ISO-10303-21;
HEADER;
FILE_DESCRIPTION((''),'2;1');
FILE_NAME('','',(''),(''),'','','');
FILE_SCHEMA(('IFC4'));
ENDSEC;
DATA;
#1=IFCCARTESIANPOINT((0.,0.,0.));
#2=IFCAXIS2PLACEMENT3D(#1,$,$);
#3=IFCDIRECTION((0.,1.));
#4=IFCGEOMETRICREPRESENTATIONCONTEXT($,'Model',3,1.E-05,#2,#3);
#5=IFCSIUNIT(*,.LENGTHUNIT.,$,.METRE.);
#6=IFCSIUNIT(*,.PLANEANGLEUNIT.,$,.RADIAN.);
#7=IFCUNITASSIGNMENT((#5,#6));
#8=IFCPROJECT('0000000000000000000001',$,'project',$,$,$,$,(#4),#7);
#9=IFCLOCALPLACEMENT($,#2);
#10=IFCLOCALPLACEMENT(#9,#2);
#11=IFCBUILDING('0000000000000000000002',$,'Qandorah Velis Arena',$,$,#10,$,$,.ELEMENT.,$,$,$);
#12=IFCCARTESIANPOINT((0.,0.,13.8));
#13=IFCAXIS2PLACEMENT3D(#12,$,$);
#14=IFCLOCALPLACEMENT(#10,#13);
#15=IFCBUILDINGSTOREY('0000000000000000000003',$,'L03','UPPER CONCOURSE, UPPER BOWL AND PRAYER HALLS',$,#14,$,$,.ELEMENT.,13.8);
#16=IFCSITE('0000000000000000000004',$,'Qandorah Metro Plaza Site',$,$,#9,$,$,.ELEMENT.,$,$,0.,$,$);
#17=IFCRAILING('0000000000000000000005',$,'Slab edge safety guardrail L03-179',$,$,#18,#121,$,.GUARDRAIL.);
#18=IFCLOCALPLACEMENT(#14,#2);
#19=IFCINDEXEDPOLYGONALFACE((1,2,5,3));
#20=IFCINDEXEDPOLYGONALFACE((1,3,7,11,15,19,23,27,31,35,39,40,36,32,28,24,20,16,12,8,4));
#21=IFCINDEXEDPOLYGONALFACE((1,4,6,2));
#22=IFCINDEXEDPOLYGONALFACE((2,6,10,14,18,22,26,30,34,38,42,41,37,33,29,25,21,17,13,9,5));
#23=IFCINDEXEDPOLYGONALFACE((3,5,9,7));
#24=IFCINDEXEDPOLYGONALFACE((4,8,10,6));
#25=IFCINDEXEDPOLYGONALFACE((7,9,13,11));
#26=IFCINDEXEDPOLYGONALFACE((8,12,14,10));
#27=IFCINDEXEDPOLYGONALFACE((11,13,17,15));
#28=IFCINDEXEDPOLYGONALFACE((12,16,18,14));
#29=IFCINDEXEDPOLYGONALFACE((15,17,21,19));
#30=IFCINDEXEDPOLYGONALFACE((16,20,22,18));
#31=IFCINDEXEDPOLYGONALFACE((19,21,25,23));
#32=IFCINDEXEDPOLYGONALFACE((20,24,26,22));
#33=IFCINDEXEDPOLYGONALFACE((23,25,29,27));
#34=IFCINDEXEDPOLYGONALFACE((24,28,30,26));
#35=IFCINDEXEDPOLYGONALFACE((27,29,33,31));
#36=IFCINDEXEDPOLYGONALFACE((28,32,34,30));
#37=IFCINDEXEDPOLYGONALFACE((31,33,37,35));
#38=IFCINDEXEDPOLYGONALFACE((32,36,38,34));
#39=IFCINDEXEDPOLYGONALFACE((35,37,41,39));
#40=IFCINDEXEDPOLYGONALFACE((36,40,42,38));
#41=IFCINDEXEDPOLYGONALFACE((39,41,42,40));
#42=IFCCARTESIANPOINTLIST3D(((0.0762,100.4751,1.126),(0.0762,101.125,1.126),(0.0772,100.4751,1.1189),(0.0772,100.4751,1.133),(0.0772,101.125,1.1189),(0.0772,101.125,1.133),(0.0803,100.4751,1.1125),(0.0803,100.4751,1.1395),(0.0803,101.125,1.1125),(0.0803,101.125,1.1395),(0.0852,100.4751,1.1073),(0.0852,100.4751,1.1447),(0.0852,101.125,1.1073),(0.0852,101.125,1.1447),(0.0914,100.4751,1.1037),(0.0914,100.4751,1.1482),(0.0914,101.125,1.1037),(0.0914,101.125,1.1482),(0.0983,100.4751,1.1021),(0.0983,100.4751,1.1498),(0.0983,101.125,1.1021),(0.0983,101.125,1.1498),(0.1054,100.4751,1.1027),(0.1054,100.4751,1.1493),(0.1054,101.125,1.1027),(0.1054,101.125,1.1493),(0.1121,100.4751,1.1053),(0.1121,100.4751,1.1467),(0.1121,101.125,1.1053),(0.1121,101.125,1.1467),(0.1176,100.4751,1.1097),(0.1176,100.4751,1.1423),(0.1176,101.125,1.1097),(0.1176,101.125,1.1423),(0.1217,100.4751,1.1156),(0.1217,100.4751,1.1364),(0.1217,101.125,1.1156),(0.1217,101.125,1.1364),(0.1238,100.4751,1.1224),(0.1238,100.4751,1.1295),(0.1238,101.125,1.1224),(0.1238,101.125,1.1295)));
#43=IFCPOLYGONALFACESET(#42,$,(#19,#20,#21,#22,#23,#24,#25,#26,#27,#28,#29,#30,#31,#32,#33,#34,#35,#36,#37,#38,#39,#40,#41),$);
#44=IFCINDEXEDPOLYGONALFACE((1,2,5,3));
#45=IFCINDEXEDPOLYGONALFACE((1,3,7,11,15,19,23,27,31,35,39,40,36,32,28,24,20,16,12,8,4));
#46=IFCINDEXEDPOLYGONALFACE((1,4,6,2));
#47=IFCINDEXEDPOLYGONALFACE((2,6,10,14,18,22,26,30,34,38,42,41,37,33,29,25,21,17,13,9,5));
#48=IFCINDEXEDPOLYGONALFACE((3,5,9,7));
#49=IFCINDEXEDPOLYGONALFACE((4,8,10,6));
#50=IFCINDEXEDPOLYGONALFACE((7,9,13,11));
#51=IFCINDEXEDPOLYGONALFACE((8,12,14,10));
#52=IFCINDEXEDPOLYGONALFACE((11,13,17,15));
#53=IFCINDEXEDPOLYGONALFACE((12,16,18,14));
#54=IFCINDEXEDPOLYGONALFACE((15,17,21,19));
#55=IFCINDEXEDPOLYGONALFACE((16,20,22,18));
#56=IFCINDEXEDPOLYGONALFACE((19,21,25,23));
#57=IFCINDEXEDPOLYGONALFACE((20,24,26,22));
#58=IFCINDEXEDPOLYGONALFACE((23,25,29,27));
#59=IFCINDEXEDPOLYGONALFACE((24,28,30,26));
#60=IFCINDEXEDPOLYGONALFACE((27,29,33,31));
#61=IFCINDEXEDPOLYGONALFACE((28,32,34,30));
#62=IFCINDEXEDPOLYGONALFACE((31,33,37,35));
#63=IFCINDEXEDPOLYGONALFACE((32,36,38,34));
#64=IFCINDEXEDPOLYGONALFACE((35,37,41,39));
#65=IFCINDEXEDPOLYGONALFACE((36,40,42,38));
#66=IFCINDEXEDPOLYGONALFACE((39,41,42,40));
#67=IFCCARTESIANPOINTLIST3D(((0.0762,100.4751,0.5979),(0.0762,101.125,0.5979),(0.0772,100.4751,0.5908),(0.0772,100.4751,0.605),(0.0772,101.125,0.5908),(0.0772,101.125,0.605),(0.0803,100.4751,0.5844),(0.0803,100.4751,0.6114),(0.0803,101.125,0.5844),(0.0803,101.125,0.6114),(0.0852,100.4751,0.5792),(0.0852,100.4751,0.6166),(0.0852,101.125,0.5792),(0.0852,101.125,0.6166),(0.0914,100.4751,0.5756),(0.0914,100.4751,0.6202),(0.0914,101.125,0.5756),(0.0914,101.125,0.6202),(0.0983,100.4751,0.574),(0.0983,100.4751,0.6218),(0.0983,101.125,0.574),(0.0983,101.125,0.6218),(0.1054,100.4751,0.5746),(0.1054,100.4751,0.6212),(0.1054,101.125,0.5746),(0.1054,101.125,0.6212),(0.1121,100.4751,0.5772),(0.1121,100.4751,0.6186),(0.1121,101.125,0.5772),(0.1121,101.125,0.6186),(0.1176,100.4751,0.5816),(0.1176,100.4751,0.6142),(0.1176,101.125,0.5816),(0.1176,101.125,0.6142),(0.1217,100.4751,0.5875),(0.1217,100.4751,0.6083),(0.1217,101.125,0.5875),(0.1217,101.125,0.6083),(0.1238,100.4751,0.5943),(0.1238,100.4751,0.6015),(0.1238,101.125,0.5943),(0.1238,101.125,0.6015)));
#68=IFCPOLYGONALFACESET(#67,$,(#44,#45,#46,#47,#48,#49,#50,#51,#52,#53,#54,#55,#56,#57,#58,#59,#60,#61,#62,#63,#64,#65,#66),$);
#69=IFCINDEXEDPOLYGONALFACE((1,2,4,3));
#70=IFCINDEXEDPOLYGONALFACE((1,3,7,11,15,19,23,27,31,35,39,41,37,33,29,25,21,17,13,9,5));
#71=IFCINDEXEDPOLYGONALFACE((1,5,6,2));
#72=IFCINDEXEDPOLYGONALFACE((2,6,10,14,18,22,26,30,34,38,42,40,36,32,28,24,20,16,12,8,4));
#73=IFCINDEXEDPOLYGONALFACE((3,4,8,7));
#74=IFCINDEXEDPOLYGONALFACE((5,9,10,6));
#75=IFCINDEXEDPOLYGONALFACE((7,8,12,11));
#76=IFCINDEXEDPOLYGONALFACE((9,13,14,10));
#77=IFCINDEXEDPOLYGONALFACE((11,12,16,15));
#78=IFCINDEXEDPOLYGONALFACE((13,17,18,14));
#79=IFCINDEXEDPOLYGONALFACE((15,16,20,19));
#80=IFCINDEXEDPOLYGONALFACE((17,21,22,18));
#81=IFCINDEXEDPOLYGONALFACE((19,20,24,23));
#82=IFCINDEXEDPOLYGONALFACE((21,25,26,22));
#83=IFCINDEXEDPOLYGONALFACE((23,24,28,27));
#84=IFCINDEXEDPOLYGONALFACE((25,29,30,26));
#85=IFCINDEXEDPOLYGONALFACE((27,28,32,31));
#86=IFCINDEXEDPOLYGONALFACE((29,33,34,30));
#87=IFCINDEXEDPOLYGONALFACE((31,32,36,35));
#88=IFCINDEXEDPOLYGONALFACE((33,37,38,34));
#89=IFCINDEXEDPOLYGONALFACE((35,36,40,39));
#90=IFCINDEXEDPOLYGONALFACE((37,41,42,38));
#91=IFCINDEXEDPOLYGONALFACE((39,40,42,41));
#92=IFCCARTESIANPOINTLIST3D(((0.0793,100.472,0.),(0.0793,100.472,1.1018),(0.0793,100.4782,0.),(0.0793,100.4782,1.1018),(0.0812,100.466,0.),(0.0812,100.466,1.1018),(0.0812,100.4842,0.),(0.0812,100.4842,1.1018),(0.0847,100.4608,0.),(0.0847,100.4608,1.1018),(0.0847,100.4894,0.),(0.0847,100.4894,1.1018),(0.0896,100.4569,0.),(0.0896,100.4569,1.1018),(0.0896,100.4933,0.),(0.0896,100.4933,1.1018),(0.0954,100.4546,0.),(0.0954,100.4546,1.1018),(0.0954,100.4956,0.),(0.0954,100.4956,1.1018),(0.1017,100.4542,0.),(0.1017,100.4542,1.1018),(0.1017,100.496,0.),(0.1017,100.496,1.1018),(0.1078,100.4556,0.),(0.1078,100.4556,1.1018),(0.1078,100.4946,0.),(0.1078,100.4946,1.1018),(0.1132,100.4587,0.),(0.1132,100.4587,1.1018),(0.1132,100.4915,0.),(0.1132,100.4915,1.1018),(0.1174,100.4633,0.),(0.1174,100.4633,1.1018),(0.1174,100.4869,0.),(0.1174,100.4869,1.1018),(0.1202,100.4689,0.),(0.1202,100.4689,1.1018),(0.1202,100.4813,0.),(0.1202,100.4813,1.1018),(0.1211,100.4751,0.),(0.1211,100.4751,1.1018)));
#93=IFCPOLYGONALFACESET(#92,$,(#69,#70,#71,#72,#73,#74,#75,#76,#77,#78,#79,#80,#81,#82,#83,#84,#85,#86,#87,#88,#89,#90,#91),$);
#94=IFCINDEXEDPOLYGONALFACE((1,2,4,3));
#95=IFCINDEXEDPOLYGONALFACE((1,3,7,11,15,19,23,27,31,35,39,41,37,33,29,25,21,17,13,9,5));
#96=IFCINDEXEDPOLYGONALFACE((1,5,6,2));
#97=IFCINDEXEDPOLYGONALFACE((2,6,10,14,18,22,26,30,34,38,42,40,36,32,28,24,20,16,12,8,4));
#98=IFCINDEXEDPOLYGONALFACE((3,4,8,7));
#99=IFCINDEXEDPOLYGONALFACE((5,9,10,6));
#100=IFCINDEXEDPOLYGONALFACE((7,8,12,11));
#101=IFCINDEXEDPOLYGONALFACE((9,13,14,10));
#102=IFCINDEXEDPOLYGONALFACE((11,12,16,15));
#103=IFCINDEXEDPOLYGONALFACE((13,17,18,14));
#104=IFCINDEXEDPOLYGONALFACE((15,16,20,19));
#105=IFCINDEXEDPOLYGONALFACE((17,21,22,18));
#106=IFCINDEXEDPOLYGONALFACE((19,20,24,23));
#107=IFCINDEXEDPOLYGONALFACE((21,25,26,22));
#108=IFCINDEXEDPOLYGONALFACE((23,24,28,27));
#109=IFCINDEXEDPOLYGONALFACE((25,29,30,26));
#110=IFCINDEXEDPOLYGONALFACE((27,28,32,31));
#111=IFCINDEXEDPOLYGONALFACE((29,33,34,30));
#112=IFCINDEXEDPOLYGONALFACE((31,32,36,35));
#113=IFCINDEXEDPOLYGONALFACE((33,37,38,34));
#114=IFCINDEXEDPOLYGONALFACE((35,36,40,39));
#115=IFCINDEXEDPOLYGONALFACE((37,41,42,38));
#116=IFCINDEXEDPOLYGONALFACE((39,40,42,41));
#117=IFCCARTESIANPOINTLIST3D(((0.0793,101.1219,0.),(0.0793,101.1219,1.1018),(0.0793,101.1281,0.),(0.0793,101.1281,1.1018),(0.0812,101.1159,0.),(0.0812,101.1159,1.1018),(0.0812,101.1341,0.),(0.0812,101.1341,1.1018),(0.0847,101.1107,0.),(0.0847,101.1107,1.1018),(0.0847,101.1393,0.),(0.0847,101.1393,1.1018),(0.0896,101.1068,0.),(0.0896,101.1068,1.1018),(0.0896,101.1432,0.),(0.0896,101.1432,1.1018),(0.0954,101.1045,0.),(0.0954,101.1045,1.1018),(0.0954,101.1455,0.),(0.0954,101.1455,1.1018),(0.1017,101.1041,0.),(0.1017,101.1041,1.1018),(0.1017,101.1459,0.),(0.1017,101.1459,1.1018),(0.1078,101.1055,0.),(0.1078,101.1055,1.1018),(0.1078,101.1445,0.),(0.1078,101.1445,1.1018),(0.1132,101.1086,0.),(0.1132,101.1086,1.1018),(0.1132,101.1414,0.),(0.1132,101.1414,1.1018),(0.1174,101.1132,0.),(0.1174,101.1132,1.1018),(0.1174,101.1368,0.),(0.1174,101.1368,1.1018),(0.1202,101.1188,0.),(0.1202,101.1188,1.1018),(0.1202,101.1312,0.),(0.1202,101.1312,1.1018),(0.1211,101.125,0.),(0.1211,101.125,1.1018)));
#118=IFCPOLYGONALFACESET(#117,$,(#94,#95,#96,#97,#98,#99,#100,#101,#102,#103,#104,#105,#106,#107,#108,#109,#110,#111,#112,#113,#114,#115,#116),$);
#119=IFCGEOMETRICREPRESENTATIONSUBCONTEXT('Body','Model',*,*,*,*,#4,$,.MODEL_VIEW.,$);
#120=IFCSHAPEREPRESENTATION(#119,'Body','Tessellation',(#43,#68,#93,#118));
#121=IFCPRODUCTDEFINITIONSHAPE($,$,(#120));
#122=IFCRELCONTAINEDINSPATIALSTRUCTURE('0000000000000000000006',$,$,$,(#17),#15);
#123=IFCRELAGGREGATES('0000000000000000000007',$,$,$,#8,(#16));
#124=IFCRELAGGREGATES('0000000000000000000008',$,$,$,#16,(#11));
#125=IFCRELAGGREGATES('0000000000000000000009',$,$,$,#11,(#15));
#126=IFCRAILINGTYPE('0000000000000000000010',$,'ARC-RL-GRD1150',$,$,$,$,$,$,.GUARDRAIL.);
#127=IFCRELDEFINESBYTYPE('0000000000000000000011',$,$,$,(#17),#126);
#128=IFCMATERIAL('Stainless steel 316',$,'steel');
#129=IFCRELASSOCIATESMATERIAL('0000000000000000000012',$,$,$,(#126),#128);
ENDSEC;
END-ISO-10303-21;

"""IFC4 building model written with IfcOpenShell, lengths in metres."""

from ifc_helpers import new_model, si_unit, direction, frame, origin, origin_2d, place, context, subcontext, project, spatial, circle, extrude, material, type_object, element, save


model = new_model("IFC4")

# Units and contexts
model_context = context("Model", 3, precision=1e-05, world=origin(), true_north=direction((0.0, 1.0)))
body_context = subcontext(model_context, "Body", "Model", "MODEL_VIEW")
ifc_project = project(units=[si_unit("LENGTHUNIT", "METRE"), si_unit("PLANEANGLEUNIT", "RADIAN")], contexts=[model_context])

# Site, building, storey
site_placement = place(None, origin())
site = spatial("IfcSite", under=ifc_project, at=site_placement, Name="Qandorah Metro Plaza Site", CompositionType="ELEMENT", RefElevation=0.0)
building_placement = place(site_placement, origin())
building = spatial("IfcBuilding", under=site, at=building_placement, Name="Qandorah Velis Arena", CompositionType="ELEMENT")
storey_placement = place(building_placement, frame((0.0, 0.0, 13.8)))
storey = spatial("IfcBuildingStorey", under=building, at=storey_placement, Name="L03", Description="UPPER CONCOURSE, UPPER BOWL AND PRAYER HALLS", CompositionType="ELEMENT", Elevation=13.8)

# Railing
ifc_material_1 = material(Name="Stainless steel 316", Category="steel")
railing_type = type_object("IfcRailingType", Name="ARC-RL-GRD1150", PredefinedType="GUARDRAIL", material=ifc_material_1)
railing_placement = place(storey_placement, frame((0.1001, 100.4751, 0.0)))
element("IfcRailing", 1, at=railing_placement, inside=storey, type_object=railing_type, Name="Slab edge safety guardrail L03-179", PredefinedType="GUARDRAIL", context=body_context, shape_type="SweptSolid", body=[
    extrude(circle(Radius=0.0239, at=origin_2d()), frame((0.0, 0.0, 1.126), z_axis=(0.0, 1.0, 0.0), x_axis=(-1.0, 0.0, 0.0)), (0.0, 0.0, 1.0), 0.6499),
    extrude(circle(Radius=0.0239, at=origin_2d()), frame((0.0, 0.0, 0.5979), z_axis=(0.0, 1.0, 0.0), x_axis=(-1.0, 0.0, 0.0)), (0.0, 0.0, 1.0), 0.6499),
    extrude(circle(Radius=0.021, at=origin_2d()), origin(), (0.0, 0.0, 1.0), 1.1018),
    extrude(circle(Radius=0.021, at=origin_2d()), frame((0.0, 0.6499, 0.0)), (0.0, 0.0, 1.0), 1.1018),
])

save(model, "model.ifc")
